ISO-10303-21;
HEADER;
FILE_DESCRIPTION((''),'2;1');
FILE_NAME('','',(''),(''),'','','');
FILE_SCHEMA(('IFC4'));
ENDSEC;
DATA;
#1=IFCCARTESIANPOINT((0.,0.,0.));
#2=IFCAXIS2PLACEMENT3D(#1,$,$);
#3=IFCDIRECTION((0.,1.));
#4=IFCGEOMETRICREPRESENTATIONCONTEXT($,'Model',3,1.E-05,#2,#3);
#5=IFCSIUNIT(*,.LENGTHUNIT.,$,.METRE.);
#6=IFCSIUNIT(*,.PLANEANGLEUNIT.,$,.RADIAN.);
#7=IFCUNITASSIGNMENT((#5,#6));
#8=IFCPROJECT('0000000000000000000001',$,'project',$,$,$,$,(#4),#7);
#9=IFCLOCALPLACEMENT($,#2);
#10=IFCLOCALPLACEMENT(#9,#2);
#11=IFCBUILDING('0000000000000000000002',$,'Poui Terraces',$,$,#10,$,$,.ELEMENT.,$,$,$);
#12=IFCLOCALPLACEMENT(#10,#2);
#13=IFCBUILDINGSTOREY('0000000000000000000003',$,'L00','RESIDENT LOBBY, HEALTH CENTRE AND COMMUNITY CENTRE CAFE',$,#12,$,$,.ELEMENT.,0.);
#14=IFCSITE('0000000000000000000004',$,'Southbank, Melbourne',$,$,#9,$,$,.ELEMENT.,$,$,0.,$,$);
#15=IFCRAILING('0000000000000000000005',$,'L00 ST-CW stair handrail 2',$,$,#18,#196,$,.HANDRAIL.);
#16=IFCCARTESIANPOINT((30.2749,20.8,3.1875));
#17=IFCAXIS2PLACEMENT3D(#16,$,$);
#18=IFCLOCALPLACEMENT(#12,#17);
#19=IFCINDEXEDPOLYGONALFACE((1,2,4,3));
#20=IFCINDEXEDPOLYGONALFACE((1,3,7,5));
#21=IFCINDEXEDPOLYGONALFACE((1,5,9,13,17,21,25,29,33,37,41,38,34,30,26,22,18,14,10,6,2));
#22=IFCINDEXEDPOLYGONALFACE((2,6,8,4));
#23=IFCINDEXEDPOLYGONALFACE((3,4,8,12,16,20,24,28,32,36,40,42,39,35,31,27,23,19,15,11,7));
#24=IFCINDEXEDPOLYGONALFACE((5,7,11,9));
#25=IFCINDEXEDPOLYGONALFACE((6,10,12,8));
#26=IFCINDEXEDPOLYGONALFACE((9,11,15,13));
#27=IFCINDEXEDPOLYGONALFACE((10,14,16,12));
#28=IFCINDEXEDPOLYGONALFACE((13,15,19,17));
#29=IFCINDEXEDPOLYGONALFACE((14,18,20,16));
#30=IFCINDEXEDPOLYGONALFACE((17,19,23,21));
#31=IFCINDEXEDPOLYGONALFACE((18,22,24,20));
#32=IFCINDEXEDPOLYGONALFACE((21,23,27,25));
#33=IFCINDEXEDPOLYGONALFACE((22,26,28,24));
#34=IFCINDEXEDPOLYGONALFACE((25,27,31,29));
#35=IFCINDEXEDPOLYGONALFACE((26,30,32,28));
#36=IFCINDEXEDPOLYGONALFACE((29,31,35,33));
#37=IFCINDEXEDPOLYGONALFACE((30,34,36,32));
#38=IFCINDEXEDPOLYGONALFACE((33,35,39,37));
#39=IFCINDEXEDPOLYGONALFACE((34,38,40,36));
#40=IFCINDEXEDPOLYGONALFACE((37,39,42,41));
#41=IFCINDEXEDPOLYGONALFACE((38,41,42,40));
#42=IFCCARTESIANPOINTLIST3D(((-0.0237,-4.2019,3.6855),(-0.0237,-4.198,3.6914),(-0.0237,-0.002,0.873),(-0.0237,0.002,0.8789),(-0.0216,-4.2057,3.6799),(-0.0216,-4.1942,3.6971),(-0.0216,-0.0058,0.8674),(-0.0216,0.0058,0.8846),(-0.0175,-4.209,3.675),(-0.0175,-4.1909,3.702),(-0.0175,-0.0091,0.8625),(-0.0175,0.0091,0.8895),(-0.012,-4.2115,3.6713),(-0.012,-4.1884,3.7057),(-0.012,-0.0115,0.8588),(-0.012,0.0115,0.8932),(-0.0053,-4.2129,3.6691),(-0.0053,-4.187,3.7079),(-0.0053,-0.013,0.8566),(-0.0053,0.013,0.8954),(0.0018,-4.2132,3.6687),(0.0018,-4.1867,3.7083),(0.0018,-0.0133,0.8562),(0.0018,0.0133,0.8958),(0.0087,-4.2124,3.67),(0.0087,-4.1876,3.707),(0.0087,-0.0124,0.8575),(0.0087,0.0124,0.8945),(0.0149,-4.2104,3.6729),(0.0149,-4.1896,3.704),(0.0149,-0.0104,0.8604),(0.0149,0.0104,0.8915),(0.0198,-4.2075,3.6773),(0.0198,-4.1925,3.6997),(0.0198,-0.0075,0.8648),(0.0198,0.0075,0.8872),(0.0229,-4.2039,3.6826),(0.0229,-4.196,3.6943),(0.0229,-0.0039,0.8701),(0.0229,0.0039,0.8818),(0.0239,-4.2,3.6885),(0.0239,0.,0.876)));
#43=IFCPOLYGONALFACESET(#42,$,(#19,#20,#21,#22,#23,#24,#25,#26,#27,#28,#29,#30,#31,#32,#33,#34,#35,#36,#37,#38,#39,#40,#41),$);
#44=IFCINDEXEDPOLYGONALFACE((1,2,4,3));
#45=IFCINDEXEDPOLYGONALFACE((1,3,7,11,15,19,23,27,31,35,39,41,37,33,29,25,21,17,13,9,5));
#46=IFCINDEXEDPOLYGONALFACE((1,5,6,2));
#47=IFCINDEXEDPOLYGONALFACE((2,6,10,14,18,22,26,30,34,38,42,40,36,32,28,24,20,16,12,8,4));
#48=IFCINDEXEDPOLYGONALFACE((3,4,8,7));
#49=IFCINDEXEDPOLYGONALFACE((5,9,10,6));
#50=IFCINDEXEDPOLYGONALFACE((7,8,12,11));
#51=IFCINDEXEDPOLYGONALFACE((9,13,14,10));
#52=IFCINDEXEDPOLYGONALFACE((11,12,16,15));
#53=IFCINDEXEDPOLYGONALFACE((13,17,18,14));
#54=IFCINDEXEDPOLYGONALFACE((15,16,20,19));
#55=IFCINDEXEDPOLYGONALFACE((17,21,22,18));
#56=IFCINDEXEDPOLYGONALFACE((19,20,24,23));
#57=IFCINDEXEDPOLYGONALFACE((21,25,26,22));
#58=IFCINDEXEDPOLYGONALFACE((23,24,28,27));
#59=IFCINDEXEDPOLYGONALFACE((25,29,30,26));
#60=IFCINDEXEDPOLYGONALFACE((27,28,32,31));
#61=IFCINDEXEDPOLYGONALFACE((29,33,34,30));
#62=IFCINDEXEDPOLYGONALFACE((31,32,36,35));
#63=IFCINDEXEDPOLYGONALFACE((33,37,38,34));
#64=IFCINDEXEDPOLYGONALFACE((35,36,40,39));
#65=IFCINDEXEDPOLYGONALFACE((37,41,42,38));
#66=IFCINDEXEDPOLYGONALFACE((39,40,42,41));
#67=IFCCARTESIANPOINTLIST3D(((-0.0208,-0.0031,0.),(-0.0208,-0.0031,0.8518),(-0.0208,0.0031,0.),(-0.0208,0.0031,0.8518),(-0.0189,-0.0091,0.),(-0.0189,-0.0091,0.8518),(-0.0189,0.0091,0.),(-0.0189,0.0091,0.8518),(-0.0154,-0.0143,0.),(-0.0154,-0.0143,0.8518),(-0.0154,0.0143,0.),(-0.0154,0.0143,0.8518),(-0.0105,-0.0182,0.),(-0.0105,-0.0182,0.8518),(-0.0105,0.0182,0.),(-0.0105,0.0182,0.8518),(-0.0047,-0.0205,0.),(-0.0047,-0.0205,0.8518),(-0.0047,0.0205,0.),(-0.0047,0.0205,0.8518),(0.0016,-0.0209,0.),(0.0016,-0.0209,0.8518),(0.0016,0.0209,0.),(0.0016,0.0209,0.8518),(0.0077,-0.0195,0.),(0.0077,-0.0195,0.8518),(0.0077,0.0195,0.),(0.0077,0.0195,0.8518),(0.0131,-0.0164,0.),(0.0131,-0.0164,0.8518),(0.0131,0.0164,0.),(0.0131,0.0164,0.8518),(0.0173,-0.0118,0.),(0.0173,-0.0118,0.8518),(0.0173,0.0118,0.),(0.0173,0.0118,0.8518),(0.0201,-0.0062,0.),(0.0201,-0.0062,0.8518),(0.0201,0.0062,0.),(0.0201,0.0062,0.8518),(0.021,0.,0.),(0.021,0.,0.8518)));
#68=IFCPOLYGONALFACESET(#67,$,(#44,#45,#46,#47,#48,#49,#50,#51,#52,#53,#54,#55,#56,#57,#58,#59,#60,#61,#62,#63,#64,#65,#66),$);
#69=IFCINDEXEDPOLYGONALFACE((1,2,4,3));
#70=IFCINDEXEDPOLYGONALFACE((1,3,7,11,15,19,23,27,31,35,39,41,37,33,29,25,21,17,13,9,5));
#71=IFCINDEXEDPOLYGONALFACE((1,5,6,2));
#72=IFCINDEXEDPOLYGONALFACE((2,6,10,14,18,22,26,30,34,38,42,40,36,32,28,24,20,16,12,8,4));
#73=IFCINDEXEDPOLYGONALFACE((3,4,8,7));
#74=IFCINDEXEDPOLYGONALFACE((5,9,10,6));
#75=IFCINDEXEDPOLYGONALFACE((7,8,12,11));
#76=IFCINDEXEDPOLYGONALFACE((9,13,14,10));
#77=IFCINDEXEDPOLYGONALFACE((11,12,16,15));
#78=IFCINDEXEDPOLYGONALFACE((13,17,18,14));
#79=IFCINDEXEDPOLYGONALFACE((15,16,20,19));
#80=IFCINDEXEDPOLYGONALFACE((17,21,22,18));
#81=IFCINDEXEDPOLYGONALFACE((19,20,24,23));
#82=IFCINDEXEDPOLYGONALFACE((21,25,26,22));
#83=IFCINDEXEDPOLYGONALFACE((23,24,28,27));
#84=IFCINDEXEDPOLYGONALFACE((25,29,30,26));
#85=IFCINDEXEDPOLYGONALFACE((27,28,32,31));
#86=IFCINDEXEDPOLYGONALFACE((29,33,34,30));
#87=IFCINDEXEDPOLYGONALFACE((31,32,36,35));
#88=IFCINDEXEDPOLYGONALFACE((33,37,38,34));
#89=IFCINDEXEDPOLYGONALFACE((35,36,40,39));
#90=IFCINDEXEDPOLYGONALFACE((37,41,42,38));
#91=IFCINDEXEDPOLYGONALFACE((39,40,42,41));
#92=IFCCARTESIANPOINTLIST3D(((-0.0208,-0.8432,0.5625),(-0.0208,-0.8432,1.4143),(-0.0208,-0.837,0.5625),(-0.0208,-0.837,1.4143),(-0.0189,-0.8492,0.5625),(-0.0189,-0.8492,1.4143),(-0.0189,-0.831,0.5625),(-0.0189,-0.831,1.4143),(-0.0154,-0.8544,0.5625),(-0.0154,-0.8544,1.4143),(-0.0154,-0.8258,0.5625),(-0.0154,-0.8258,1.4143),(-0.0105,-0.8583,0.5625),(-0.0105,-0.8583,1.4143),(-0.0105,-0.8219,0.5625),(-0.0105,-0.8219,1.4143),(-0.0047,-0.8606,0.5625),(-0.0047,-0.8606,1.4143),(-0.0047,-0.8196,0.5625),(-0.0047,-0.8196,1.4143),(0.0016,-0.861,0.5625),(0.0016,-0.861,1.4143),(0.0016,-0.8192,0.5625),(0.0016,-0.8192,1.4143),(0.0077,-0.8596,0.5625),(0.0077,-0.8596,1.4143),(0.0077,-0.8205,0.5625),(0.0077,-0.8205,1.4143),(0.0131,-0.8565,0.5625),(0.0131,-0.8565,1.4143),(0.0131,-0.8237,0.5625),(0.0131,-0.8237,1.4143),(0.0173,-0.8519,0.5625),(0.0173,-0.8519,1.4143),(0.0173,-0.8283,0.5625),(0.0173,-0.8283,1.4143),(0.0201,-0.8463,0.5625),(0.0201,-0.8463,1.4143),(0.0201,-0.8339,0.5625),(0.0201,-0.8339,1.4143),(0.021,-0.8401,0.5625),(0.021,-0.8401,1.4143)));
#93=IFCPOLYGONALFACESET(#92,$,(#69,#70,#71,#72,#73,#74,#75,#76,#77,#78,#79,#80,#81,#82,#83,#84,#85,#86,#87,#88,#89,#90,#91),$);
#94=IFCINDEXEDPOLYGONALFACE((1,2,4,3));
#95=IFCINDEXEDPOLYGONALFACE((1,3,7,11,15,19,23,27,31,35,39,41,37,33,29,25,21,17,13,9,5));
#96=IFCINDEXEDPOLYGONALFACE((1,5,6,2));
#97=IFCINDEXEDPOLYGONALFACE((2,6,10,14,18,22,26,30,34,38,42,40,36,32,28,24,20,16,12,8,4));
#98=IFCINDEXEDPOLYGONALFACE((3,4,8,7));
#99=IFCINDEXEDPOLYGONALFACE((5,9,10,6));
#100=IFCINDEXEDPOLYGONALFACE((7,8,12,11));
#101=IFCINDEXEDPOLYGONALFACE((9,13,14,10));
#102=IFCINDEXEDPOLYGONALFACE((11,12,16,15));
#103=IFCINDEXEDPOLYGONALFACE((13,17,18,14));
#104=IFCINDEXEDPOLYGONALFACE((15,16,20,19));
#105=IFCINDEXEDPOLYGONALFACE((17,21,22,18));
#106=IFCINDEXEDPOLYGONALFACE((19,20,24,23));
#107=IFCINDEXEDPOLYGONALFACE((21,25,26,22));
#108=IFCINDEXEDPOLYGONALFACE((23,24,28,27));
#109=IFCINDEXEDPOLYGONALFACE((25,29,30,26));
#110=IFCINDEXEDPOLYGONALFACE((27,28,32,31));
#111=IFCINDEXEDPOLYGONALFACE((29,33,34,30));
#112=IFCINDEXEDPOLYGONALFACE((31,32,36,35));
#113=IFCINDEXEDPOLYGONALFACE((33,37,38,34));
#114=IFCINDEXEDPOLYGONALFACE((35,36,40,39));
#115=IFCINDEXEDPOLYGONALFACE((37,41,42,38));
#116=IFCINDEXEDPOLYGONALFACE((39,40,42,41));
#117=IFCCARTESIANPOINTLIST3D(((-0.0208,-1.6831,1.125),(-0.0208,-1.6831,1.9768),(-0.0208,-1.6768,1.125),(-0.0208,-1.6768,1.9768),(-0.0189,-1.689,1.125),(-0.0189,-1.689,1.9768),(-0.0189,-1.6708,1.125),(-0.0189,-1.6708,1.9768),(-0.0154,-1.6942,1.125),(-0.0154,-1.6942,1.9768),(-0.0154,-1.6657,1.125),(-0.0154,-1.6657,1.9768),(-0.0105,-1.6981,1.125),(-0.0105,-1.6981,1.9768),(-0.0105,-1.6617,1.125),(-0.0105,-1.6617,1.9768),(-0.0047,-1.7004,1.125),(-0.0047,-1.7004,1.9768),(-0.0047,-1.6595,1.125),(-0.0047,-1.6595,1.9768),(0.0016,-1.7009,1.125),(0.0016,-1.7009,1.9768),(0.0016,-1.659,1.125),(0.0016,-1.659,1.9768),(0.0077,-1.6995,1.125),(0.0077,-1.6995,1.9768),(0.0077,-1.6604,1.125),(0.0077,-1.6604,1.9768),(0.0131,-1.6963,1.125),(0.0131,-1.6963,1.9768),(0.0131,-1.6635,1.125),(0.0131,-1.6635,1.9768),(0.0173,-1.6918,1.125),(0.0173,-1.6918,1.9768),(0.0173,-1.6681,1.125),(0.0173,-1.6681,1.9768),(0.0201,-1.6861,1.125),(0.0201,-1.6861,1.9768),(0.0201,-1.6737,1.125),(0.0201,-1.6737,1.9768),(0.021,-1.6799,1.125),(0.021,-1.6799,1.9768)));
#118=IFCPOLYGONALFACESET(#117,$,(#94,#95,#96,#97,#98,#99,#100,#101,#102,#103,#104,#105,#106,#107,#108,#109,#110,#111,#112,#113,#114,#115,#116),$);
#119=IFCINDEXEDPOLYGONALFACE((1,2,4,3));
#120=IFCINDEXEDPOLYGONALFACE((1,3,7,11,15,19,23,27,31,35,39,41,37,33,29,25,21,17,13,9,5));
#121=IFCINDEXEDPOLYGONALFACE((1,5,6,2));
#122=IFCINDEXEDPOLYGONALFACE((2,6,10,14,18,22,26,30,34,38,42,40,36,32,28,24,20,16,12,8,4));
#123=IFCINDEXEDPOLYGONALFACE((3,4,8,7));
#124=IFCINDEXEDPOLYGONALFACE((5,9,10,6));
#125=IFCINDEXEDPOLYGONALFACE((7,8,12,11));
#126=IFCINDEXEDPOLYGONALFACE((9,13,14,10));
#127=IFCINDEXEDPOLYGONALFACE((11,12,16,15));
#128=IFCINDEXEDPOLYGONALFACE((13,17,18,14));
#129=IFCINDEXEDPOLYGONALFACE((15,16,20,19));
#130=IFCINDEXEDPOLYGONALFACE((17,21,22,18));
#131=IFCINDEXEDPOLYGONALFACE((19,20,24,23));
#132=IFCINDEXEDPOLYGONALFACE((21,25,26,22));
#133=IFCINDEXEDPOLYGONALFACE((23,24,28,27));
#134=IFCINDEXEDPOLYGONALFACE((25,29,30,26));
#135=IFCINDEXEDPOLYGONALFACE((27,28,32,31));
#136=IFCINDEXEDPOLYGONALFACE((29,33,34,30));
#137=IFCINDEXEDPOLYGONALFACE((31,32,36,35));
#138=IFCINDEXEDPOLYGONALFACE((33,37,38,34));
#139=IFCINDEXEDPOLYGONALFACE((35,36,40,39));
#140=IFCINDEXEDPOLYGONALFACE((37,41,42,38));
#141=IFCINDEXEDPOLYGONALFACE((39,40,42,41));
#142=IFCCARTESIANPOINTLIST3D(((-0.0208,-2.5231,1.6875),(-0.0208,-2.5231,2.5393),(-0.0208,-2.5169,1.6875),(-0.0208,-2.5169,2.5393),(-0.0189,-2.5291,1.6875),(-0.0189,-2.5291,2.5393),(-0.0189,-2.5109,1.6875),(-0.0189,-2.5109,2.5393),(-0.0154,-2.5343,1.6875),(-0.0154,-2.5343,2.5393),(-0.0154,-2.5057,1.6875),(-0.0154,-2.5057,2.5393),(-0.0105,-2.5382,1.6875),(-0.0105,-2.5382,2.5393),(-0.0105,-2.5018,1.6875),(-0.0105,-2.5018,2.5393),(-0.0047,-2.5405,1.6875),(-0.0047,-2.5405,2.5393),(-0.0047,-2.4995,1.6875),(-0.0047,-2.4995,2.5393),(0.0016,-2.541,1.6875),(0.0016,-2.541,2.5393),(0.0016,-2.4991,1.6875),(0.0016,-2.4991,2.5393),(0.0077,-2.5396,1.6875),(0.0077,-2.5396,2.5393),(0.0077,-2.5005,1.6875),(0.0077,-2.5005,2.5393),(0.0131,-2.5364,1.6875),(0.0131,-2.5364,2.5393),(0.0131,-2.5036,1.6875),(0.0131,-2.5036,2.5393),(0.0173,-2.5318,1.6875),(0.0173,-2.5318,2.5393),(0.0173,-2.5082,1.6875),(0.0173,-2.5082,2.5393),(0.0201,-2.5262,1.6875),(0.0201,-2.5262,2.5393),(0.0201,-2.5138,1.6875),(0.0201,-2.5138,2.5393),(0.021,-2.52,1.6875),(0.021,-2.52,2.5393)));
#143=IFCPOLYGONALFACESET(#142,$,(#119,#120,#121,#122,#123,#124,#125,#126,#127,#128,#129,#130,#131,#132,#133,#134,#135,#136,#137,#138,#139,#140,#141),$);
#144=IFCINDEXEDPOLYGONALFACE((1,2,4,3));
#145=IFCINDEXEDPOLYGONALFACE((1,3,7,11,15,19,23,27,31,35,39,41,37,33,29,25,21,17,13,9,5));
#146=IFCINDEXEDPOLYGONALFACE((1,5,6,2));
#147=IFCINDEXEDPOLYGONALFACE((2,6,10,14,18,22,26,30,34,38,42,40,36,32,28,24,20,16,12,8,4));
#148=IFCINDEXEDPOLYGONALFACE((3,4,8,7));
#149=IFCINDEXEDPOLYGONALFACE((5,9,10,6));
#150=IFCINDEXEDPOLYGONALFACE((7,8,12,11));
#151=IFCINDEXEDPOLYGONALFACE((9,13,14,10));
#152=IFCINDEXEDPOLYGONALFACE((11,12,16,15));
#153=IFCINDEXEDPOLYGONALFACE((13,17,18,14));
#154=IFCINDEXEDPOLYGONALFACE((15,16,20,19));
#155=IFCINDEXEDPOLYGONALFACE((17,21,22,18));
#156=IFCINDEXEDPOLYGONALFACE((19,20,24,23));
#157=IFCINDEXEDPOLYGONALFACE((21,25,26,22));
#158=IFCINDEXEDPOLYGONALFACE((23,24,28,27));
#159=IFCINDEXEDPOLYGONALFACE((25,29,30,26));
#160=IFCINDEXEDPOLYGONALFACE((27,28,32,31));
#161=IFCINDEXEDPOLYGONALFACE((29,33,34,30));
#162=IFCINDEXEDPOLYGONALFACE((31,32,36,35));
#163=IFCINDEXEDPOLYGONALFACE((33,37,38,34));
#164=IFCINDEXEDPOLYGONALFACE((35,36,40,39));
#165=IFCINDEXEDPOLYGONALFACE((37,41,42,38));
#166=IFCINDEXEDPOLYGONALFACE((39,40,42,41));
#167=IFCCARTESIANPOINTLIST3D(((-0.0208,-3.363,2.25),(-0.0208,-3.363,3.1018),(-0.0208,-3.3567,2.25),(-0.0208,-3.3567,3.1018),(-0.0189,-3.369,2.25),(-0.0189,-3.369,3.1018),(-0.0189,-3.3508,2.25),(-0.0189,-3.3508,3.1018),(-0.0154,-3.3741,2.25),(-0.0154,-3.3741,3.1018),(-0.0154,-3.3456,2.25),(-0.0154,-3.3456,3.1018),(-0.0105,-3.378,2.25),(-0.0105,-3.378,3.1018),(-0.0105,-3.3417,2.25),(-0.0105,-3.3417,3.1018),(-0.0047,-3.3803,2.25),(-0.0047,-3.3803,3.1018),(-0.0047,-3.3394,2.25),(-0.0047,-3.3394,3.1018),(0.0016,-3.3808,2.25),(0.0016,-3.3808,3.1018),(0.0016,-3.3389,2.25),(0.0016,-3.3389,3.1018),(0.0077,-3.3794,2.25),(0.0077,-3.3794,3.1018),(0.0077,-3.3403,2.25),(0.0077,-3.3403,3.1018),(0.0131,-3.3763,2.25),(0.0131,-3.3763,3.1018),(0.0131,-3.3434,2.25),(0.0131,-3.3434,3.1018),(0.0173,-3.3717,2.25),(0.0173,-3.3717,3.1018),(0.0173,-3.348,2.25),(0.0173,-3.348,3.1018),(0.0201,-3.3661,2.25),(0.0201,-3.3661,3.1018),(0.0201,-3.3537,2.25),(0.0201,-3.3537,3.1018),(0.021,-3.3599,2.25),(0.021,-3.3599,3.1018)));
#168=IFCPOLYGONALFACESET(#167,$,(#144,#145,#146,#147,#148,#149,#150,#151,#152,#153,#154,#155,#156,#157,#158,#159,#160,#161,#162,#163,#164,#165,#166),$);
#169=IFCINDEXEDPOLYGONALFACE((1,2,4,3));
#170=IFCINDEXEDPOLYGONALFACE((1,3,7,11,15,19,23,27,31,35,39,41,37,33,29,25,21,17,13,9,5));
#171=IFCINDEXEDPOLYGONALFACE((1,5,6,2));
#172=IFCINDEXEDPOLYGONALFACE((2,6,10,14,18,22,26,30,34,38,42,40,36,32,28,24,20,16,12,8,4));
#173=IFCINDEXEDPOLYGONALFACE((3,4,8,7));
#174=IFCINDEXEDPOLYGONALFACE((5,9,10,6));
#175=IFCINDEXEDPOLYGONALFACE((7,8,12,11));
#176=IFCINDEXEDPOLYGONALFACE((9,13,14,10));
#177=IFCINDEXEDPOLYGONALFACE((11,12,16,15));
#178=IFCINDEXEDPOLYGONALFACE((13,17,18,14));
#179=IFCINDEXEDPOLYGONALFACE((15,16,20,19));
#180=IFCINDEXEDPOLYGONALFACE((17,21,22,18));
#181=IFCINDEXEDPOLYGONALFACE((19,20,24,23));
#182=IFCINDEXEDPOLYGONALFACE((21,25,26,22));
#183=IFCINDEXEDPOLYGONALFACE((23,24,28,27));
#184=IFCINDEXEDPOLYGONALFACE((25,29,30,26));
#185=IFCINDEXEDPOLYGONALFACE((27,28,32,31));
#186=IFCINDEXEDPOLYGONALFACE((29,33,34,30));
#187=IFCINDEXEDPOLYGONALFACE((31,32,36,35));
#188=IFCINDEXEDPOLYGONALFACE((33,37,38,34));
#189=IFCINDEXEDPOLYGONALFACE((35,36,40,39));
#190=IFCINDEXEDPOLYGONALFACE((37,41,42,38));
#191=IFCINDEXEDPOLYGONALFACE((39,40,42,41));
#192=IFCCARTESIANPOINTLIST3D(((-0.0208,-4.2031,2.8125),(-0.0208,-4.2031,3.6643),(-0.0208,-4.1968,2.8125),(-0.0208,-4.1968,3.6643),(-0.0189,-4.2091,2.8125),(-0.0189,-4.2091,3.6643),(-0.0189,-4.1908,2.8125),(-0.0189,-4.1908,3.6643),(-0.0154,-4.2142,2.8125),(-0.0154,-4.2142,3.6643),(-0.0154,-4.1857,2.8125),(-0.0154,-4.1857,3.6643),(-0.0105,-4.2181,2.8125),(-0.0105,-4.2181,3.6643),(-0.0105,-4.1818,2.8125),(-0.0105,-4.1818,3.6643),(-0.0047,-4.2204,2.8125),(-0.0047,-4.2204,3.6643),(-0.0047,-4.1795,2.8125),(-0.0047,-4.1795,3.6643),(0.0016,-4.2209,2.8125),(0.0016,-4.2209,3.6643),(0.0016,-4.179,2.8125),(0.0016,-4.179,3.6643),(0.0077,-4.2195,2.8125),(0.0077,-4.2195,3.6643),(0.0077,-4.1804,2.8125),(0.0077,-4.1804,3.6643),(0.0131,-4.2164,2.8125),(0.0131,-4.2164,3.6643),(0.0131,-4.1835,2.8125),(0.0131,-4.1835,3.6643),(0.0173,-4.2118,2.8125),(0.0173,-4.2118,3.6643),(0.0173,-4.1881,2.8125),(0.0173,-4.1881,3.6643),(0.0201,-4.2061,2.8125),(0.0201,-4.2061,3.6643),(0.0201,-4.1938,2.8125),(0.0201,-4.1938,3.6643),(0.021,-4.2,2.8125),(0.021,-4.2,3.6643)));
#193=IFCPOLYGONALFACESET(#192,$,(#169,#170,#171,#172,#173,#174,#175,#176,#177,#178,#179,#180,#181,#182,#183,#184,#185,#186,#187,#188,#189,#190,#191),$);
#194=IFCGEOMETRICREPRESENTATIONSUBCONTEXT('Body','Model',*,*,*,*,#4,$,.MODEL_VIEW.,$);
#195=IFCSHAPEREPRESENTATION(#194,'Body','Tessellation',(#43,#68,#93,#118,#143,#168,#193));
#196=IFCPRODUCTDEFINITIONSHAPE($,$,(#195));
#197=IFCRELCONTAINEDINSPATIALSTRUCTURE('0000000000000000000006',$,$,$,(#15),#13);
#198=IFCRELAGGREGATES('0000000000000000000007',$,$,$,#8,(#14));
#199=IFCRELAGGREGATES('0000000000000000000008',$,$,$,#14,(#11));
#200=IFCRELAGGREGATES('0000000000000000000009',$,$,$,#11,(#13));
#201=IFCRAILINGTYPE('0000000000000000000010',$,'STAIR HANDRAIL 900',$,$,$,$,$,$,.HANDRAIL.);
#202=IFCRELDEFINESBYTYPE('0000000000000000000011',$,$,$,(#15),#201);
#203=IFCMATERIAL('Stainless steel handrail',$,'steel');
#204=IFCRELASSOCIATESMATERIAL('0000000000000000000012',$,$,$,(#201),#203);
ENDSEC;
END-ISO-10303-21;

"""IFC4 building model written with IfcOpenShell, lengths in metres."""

from ifc_helpers import new_model, si_unit, direction, frame, origin, origin_2d, place, context, subcontext, project, spatial, circle, extrude, material, type_object, element, save


model = new_model("IFC4")

# Units and contexts
model_context = context("Model", 3, precision=1e-05, world=origin(), true_north=direction((0.0, 1.0)))
body_context = subcontext(model_context, "Body", "Model", "MODEL_VIEW")
ifc_project = project(units=[si_unit("LENGTHUNIT", "METRE"), si_unit("PLANEANGLEUNIT", "RADIAN")], contexts=[model_context])

# Site, building, storey
site_placement = place(None, origin())
site = spatial("IfcSite", under=ifc_project, at=site_placement, Name="Southbank, Melbourne", CompositionType="ELEMENT", RefElevation=0.0)
building_placement = place(site_placement, origin())
building = spatial("IfcBuilding", under=site, at=building_placement, Name="Poui Terraces", CompositionType="ELEMENT")
storey_placement = place(building_placement, origin())
storey = spatial("IfcBuildingStorey", under=building, at=storey_placement, Name="L00", Description="RESIDENT LOBBY, HEALTH CENTRE AND COMMUNITY CENTRE CAFE", CompositionType="ELEMENT", Elevation=0.0)

# Railing
ifc_material_1 = material(Name="Stainless steel handrail", Category="steel")
railing_type_1 = type_object("IfcRailingType", Name="STAIR HANDRAIL 900", PredefinedType="HANDRAIL", material=ifc_material_1)
railing_1_placement = place(storey_placement, frame((30.2749, 20.8, 3.1875)))
element("IfcRailing", 1, at=railing_1_placement, inside=storey, type_object=railing_type_1, Name="L00 ST-CW stair handrail 2", PredefinedType="HANDRAIL", context=body_context, shape_type="SweptSolid", body=[
    extrude(circle(Radius=0.0239, at=origin_2d()), frame((0.0, 0.0, 0.876), z_axis=(0.0, -0.830904, 0.556416), x_axis=(1.0, 0.0, 0.0)), (0.0, 0.0, 1.0), 5.0547),
    extrude(circle(Radius=0.021, at=origin_2d()), origin(), (0.0, 0.0, 1.0), 0.8518),
    extrude(circle(Radius=0.021, at=origin_2d()), frame((0.0, -0.8401, 0.5625)), (0.0, 0.0, 1.0), 0.8518),
    extrude(circle(Radius=0.021, at=origin_2d()), frame((0.0, -1.6799, 1.125)), (0.0, 0.0, 1.0), 0.8518),
    extrude(circle(Radius=0.021, at=origin_2d()), frame((0.0, -2.52, 1.6875)), (0.0, 0.0, 1.0), 0.8518),
    extrude(circle(Radius=0.021, at=origin_2d()), frame((0.0, -3.3599, 2.25)), (0.0, 0.0, 1.0), 0.8518),
    extrude(circle(Radius=0.021, at=origin_2d()), frame((0.0, -4.2, 2.8125)), (0.0, 0.0, 1.0), 0.8518),
])

save(model, "model.ifc")
